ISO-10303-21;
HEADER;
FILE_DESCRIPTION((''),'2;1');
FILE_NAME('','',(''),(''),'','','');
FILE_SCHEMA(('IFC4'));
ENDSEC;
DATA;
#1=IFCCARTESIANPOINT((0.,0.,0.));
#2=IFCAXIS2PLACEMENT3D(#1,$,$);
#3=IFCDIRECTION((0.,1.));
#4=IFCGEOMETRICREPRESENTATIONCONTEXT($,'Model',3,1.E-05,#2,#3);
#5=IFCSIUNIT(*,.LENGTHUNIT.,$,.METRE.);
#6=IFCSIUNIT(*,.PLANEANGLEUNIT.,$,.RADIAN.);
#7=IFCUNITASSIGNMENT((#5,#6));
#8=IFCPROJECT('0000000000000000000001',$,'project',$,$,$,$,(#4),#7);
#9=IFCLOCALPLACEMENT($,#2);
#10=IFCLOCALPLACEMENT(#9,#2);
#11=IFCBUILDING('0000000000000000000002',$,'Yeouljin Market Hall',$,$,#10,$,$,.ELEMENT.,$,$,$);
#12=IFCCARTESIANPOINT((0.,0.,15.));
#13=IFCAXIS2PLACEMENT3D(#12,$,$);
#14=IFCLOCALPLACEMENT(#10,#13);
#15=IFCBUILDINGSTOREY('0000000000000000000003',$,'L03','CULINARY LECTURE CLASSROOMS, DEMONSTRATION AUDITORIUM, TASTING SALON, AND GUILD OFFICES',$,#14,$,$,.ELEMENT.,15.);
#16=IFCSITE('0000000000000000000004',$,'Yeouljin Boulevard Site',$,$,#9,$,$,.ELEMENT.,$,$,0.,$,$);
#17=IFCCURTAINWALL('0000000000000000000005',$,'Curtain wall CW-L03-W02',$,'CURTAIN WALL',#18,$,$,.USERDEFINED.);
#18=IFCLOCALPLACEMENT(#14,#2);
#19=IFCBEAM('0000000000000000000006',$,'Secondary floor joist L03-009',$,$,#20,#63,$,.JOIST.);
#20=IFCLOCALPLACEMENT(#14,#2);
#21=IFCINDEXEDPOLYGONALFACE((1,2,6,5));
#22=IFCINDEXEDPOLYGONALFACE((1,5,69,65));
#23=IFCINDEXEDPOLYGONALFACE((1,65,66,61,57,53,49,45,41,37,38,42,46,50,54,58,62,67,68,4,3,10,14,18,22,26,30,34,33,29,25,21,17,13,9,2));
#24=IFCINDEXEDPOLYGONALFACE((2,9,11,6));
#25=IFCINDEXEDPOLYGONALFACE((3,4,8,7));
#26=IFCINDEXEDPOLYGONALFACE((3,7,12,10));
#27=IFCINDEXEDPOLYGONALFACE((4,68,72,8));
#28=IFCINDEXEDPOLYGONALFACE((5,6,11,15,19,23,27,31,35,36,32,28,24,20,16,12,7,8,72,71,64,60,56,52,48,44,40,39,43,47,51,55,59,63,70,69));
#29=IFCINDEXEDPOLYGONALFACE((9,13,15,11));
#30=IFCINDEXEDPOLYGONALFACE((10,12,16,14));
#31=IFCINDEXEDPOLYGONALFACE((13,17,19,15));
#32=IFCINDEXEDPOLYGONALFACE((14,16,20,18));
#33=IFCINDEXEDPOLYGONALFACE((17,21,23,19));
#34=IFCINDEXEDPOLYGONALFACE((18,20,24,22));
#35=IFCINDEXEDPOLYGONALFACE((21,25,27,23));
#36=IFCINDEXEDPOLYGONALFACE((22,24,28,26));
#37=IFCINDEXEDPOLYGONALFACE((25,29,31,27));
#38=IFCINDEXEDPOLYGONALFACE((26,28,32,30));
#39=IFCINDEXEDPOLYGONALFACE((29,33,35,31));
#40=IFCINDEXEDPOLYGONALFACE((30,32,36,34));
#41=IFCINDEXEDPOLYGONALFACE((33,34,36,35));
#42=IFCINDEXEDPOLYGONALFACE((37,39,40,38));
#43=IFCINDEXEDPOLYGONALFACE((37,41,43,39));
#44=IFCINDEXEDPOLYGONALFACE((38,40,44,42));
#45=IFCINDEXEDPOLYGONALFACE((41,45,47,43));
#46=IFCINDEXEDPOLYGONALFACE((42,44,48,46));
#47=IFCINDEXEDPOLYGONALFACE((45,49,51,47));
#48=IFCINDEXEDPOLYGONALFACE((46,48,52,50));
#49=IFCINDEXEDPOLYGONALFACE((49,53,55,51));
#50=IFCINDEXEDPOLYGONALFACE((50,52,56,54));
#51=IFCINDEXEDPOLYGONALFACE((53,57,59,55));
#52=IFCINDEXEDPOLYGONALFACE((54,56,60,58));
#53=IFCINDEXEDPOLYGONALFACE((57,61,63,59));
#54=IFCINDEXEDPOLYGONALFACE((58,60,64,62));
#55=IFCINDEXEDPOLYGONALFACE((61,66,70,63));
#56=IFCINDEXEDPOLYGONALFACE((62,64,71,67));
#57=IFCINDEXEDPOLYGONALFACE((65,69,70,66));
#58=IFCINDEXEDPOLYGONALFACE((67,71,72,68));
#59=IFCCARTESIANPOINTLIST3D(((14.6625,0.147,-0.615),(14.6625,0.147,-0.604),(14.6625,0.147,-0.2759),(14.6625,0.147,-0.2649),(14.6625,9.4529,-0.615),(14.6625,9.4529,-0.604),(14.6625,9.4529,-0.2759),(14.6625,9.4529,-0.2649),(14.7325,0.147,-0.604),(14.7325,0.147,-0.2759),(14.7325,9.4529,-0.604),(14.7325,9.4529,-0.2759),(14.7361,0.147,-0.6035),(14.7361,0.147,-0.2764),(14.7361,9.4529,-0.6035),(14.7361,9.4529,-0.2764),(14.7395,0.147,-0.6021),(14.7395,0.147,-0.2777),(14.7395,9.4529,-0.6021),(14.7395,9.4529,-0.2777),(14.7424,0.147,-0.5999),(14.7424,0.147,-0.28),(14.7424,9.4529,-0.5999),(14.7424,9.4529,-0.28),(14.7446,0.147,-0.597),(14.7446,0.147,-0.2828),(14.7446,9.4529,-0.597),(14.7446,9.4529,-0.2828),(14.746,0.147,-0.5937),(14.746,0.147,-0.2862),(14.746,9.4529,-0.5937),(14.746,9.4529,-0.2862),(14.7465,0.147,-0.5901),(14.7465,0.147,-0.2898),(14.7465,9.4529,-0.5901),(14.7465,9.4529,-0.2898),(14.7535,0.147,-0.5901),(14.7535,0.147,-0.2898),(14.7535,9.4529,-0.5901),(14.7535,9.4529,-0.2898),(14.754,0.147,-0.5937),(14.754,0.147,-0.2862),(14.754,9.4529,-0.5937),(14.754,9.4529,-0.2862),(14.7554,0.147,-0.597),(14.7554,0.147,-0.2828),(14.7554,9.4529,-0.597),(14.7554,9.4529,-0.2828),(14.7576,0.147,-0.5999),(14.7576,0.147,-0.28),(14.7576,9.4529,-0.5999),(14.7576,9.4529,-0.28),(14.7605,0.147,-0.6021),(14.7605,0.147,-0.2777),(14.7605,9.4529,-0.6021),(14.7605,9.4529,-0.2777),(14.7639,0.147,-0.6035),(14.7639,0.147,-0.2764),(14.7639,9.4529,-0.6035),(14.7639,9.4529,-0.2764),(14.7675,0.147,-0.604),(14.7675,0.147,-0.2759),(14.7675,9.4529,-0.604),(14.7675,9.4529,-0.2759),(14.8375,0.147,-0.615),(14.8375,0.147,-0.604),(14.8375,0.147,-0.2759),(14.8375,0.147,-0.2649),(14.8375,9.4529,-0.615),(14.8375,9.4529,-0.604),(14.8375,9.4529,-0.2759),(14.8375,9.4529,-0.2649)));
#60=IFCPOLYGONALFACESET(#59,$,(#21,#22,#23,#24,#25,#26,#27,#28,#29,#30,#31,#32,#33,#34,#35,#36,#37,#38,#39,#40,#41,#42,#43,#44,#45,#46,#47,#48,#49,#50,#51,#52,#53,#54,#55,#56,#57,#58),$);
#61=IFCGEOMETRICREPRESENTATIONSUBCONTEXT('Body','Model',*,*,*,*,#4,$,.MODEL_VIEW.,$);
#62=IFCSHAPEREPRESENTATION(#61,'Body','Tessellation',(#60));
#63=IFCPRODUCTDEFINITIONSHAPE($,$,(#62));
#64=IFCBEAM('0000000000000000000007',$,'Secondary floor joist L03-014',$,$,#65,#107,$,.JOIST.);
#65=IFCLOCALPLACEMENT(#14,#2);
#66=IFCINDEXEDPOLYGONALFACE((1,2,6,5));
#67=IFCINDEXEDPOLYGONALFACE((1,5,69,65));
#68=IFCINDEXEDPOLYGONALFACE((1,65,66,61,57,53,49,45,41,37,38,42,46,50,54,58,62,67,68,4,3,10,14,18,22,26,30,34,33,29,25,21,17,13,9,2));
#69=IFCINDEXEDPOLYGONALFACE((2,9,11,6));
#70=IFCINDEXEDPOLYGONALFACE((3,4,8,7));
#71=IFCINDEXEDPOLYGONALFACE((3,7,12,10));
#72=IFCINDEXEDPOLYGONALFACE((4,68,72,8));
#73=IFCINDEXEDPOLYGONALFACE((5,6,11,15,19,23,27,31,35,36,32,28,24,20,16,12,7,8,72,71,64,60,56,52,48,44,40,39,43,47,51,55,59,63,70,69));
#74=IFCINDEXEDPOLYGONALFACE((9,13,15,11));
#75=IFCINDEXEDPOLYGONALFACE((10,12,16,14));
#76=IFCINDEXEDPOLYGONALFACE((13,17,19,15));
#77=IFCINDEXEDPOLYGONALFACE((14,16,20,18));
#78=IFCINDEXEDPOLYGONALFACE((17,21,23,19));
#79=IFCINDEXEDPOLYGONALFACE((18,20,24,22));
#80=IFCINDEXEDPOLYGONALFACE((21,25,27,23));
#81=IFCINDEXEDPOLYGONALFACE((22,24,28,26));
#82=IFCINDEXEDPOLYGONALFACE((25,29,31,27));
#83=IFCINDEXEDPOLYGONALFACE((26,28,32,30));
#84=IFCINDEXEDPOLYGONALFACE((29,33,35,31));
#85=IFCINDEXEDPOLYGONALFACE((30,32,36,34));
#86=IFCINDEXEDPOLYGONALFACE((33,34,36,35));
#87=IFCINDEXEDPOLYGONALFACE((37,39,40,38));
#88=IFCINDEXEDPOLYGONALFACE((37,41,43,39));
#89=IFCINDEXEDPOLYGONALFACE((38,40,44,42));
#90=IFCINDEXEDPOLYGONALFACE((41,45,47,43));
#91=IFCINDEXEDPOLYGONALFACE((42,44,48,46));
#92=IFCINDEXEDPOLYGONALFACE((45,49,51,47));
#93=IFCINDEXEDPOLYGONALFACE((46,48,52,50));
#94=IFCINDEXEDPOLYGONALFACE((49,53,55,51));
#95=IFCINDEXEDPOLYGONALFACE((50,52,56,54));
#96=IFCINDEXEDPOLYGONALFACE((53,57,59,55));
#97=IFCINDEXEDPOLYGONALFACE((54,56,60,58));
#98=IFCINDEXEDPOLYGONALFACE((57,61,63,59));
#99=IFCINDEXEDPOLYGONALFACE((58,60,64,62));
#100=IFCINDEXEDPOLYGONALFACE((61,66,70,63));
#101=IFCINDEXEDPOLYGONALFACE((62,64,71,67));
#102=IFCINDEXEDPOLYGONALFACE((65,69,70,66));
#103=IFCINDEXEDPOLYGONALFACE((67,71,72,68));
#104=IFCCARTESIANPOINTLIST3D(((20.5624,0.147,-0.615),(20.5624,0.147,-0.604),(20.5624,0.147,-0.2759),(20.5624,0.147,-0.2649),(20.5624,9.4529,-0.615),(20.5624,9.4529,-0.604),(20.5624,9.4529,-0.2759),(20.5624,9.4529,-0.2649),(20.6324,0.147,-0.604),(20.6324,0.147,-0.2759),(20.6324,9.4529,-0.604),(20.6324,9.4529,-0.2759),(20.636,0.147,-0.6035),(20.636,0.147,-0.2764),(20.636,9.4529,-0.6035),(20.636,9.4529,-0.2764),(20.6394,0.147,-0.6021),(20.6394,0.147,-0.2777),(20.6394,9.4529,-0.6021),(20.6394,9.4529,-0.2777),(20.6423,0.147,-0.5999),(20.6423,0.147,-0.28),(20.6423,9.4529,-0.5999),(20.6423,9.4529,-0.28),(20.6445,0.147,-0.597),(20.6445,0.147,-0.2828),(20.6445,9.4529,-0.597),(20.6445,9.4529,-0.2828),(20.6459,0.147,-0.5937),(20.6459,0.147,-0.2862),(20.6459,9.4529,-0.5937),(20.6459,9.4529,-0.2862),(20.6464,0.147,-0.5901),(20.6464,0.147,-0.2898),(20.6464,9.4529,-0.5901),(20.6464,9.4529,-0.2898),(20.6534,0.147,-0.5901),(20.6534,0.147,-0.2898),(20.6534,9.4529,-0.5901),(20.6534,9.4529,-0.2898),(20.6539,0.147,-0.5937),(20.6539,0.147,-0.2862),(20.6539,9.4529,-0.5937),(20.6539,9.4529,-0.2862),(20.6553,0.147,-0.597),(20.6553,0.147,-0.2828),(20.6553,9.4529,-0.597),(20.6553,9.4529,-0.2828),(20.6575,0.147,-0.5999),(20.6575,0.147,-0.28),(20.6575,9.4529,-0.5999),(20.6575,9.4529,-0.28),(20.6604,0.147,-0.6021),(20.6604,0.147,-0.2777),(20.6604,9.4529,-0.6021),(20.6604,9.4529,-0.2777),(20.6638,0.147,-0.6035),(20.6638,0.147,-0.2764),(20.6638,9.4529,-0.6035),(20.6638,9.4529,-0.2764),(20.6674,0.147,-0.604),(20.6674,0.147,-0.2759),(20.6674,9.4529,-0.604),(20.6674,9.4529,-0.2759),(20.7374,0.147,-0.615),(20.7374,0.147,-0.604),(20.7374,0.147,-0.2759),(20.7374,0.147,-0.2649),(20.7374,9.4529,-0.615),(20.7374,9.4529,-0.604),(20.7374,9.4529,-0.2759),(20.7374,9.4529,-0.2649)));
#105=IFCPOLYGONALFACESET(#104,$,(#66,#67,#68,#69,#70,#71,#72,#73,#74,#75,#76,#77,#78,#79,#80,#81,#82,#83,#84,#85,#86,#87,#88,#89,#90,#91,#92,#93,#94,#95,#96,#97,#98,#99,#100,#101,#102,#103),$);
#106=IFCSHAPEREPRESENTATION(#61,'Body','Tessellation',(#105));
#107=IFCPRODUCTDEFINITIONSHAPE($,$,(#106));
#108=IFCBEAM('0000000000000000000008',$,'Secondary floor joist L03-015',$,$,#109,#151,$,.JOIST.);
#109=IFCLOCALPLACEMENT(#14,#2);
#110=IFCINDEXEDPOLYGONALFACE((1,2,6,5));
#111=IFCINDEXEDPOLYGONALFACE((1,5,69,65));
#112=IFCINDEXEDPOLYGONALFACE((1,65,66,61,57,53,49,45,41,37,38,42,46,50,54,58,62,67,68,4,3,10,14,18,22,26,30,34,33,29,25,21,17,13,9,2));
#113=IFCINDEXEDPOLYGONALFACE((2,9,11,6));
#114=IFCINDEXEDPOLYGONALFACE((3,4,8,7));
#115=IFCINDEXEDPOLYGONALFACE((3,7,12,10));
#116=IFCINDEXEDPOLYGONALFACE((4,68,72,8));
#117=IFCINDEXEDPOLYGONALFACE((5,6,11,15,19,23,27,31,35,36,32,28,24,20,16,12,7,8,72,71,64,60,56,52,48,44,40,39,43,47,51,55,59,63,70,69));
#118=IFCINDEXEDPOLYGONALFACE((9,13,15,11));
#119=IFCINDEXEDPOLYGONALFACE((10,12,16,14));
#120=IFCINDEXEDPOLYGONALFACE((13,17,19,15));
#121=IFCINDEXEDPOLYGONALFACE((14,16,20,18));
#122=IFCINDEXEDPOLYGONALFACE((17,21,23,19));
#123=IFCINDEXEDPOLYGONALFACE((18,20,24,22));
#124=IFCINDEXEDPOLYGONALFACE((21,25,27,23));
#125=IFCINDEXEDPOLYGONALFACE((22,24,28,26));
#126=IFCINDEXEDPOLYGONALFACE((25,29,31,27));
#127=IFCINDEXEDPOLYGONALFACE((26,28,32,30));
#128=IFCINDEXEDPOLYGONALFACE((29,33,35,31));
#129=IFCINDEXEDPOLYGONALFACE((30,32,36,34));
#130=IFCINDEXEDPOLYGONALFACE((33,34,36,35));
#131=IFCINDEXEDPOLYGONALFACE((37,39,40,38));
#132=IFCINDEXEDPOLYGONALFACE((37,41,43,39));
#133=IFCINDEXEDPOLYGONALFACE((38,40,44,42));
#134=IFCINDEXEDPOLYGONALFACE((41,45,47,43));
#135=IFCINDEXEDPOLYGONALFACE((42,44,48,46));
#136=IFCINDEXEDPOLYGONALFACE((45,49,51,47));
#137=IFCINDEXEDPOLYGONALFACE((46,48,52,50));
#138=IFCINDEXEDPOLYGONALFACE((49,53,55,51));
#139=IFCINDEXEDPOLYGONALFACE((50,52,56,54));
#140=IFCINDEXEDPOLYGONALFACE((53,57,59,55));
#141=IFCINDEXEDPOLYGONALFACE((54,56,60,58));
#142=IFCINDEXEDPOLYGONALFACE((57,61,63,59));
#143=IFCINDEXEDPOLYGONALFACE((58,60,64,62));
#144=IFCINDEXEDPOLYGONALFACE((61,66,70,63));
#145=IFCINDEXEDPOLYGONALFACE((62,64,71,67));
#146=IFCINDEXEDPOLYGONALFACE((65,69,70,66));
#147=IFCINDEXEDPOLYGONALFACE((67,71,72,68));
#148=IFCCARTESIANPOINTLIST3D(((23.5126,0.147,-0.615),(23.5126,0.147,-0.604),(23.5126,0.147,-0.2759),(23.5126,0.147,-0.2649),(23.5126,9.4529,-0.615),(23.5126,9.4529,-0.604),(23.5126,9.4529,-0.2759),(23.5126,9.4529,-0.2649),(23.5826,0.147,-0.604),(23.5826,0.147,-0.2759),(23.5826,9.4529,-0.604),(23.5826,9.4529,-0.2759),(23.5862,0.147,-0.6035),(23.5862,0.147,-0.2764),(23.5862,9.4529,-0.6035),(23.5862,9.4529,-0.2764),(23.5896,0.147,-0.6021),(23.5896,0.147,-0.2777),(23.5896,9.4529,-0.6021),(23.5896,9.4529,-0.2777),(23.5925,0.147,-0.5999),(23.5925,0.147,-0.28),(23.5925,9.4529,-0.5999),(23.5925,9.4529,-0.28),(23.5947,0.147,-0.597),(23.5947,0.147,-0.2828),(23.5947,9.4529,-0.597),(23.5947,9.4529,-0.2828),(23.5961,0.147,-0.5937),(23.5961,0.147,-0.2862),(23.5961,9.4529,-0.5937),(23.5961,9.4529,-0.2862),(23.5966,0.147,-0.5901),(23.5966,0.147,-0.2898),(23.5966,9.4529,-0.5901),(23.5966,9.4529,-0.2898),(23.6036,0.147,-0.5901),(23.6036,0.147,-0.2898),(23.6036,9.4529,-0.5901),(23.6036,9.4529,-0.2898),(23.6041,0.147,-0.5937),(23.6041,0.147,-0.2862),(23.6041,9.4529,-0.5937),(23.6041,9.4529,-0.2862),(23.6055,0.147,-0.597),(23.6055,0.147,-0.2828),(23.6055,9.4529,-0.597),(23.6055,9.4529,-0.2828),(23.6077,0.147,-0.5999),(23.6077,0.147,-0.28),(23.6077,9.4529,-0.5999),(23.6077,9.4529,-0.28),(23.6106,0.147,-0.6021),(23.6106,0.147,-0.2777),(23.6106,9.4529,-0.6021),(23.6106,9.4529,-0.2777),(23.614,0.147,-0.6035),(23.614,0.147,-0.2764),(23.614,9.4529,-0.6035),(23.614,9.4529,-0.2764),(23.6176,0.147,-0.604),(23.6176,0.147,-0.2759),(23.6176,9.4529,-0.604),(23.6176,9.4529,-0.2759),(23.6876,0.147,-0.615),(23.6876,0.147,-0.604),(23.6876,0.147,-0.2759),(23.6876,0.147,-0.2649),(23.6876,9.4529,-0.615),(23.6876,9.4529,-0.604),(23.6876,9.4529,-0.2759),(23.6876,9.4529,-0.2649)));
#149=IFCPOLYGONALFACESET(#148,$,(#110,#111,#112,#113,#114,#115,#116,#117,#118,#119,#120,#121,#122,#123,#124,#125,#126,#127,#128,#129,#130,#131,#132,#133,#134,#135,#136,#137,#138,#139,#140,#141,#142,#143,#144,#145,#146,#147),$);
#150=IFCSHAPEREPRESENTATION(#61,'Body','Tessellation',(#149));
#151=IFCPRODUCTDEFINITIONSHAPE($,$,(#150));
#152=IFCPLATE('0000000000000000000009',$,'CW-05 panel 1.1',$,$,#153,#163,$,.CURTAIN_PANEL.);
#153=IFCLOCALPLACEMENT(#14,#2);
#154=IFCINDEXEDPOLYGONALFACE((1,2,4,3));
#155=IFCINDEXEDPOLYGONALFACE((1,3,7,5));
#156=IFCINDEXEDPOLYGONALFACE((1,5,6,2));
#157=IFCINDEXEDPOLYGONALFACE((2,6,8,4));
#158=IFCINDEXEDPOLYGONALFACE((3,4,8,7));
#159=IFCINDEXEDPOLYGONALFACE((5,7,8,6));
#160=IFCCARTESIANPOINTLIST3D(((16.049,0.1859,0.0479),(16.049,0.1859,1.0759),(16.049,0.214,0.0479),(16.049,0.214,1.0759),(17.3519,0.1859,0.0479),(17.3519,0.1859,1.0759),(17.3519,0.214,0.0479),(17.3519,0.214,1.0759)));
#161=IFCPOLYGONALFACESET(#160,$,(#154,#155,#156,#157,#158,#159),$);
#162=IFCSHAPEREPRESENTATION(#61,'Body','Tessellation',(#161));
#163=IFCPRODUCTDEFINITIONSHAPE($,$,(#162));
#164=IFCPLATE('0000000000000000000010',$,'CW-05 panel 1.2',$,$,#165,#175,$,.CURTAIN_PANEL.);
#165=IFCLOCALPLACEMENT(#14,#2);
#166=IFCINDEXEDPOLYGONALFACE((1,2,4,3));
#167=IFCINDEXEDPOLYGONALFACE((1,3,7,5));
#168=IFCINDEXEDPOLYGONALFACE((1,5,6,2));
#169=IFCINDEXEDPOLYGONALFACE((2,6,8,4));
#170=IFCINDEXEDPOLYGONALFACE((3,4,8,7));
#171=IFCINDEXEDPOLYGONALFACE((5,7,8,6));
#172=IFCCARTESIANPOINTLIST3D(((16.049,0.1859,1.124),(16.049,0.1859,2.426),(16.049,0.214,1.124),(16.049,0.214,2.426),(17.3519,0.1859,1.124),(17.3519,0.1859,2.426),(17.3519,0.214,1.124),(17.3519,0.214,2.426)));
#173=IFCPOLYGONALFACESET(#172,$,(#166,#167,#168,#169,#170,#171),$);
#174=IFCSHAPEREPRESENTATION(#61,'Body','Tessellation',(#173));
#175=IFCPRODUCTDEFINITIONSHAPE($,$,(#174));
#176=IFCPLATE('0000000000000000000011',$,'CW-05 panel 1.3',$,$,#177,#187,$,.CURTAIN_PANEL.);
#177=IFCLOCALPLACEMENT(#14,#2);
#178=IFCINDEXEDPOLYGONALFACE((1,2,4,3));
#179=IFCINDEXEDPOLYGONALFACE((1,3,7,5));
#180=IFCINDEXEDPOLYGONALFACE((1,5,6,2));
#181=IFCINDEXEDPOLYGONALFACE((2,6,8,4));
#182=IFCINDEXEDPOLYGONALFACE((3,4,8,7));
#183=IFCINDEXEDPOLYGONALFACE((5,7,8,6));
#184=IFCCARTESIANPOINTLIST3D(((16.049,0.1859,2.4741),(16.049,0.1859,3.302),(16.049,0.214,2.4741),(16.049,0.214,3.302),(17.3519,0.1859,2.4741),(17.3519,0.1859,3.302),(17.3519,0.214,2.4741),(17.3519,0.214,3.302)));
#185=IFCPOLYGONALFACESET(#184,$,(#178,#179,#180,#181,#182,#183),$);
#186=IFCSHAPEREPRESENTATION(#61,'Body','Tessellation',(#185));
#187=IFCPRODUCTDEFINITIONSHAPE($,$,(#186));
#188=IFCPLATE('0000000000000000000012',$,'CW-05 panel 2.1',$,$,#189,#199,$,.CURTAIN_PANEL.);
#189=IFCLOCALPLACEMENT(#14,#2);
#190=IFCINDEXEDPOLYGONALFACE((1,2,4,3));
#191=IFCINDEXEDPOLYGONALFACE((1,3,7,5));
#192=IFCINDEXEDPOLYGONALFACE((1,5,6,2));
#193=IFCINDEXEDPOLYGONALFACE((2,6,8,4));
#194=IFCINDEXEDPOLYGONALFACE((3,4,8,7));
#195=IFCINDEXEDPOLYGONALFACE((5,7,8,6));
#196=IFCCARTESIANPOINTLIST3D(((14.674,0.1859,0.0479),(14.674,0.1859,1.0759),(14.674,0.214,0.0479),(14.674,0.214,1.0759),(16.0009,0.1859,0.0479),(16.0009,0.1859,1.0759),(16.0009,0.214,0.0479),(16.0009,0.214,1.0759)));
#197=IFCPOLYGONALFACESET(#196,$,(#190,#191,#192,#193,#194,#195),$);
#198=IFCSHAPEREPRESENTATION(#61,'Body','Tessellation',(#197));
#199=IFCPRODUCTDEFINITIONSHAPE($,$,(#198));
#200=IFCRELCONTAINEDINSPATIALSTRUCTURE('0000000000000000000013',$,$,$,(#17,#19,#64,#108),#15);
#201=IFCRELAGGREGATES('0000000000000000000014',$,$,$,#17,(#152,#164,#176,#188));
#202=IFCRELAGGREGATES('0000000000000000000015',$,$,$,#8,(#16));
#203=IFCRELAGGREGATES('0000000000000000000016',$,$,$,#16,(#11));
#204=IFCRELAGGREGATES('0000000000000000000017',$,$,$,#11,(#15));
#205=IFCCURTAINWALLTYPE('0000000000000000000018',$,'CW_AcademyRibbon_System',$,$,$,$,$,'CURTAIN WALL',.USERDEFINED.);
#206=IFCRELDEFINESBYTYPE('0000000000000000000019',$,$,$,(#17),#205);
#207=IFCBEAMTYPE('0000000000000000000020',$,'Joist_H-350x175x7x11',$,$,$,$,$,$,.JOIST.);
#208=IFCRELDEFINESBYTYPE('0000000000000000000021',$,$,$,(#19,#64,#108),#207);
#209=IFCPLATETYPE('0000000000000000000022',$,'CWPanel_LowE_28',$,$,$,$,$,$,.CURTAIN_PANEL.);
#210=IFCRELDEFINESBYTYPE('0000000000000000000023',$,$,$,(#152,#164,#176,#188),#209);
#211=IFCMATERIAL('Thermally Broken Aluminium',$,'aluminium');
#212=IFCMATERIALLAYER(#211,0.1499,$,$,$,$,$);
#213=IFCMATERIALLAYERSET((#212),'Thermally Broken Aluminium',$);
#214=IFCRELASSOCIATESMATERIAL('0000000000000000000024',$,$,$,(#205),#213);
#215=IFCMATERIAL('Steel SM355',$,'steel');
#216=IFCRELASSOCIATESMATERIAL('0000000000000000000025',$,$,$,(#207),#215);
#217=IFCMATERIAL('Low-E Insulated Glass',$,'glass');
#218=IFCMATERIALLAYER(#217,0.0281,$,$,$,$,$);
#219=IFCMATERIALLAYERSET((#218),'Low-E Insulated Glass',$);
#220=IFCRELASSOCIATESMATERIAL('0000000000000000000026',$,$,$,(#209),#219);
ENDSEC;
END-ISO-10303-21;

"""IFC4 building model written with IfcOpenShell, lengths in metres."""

from ifc_helpers import new_model, si_unit, direction, frame, origin, origin_2d, place, context, subcontext, project, spatial, rectangle, i_section, extrude, material, layer, layer_set, material_profile, profile_set, type_object, element, aggregate, save


model = new_model("IFC4")

# Units and contexts
model_context = context("Model", 3, precision=1e-05, world=origin(), true_north=direction((0.0, 1.0)))
body_context = subcontext(model_context, "Body", "Model", "MODEL_VIEW")
ifc_project = project(units=[si_unit("LENGTHUNIT", "METRE"), si_unit("PLANEANGLEUNIT", "RADIAN")], contexts=[model_context])

# Site, building, storey
site_placement = place(None, origin())
site = spatial("IfcSite", under=ifc_project, at=site_placement, Name="Yeouljin Boulevard Site", CompositionType="ELEMENT", RefElevation=0.0)
building_placement = place(site_placement, origin())
building = spatial("IfcBuilding", under=site, at=building_placement, Name="Yeouljin Market Hall", CompositionType="ELEMENT")
storey_placement = place(building_placement, frame((0.0, 0.0, 15.0)))
storey = spatial("IfcBuildingStorey", under=building, at=storey_placement, Name="L03", Description="CULINARY LECTURE CLASSROOMS, DEMONSTRATION AUDITORIUM, TASTING SALON, AND GUILD OFFICES", CompositionType="ELEMENT", Elevation=15.0)

# Curtain wall
ifc_material_1 = material(Name="Thermally Broken Aluminium", Category="aluminium")
ifc_layer_1 = layer(ifc_material_1, 0.1499)
ifc_layer_set_1 = layer_set([ifc_layer_1], Name="Thermally Broken Aluminium")
curtain_wall_type = type_object("IfcCurtainWallType", Name="CW_AcademyRibbon_System", ElementType="CURTAIN WALL", PredefinedType="USERDEFINED", material=ifc_layer_set_1)
curtain_wall_placement = place(storey_placement, origin())
curtain_wall = element("IfcCurtainWall", 1, at=curtain_wall_placement, inside=storey, type_object=curtain_wall_type, Name="Curtain wall CW-L03-W02", ObjectType="CURTAIN WALL", PredefinedType="USERDEFINED")

# Beams
ifc_material_2 = material(Name="Steel SM355", Category="steel")
ifc_material_profile_1 = material_profile(ifc_material_2, i_section(OverallWidth=0.175, OverallDepth=0.3501, WebThickness=0.0071, FlangeThickness=0.011, FilletRadius=0.0139, at=origin_2d()), Name="H-350x175x7x11")
ifc_profile_set_1 = profile_set([ifc_material_profile_1], Name="Steel SM355")
beam_type_1 = type_object("IfcBeamType", Name="Joist_H-350x175x7x11", PredefinedType="JOIST", material=ifc_profile_set_1)
for number, where, z_axis, x_axis, name in (
    (2, (14.75, 0.147, -0.4399), (0.0, 1.0, 0.0), (-1.0, 0.0, 0.0), "Secondary floor joist L03-009"),
    (3, (20.6499, 0.147, -0.4399), (0.0, 1.0, 0.0), (-1.0, 0.0, 0.0), "Secondary floor joist L03-014"),
    (4, (23.6001, 0.147, -0.4399), (0.0, 1.0, 0.0), (-1.0, 0.0, 0.0), "Secondary floor joist L03-015"),
):
    element("IfcBeam", number, at=place(storey_placement, frame(where, z_axis=z_axis, x_axis=x_axis)), inside=storey, type_object=beam_type_1, Name=name, PredefinedType="JOIST", context=body_context, shape_type="SweptSolid", body=[
        extrude(i_section(OverallWidth=0.175, OverallDepth=0.3501, WebThickness=0.0071, FlangeThickness=0.011, FilletRadius=0.0139, at=origin_2d()), origin(), (0.0, 0.0, 1.0), 9.3059),
    ])

# Plates
ifc_material_3 = material(Name="Low-E Insulated Glass", Category="glass")
ifc_layer_2 = layer(ifc_material_3, 0.0281)
ifc_layer_set_2 = layer_set([ifc_layer_2], Name="Low-E Insulated Glass")
plate_type = type_object("IfcPlateType", Name="CWPanel_LowE_28", PredefinedType="CURTAIN_PANEL", material=ifc_layer_set_2)
plate_1_placement = place(storey_placement, frame((16.7004, 0.2, 0.0479), z_axis=(0.0, 0.0, 1.0), x_axis=(-1.0, 0.0, 0.0)))
plate_1 = element("IfcPlate", 5, at=plate_1_placement, type_object=plate_type, Name="CW-05 panel 1.1", PredefinedType="CURTAIN_PANEL", context=body_context, shape_type="SweptSolid", body=[
    extrude(rectangle(XDim=1.303, YDim=0.0281, at=origin_2d()), origin(), (0.0, 0.0, 1.0), 1.0281),
])
plate_2_placement = place(storey_placement, frame((16.7004, 0.2, 1.124), z_axis=(0.0, 0.0, 1.0), x_axis=(-1.0, 0.0, 0.0)))
plate_2 = element("IfcPlate", 6, at=plate_2_placement, type_object=plate_type, Name="CW-05 panel 1.2", PredefinedType="CURTAIN_PANEL", context=body_context, shape_type="SweptSolid", body=[
    extrude(rectangle(XDim=1.303, YDim=0.0281, at=origin_2d()), origin(), (0.0, 0.0, 1.0), 1.302),
])
plate_3_placement = place(storey_placement, frame((16.7004, 0.2, 2.4741), z_axis=(0.0, 0.0, 1.0), x_axis=(-1.0, 0.0, 0.0)))
plate_3 = element("IfcPlate", 7, at=plate_3_placement, type_object=plate_type, Name="CW-05 panel 1.3", PredefinedType="CURTAIN_PANEL", context=body_context, shape_type="SweptSolid", body=[
    extrude(rectangle(XDim=1.303, YDim=0.0281, at=origin_2d()), origin(), (0.0, 0.0, 1.0), 0.8279),
])
plate_4_placement = place(storey_placement, frame((15.3374, 0.2, 0.0479), z_axis=(0.0, 0.0, 1.0), x_axis=(-1.0, 0.0, 0.0)))
plate_4 = element("IfcPlate", 8, at=plate_4_placement, type_object=plate_type, Name="CW-05 panel 2.1", PredefinedType="CURTAIN_PANEL", context=body_context, shape_type="SweptSolid", body=[
    extrude(rectangle(XDim=1.3269, YDim=0.0281, at=origin_2d()), origin(), (0.0, 0.0, 1.0), 1.0281),
])
aggregate(curtain_wall, [plate_1, plate_2, plate_3, plate_4])

save(model, "model.ifc")
